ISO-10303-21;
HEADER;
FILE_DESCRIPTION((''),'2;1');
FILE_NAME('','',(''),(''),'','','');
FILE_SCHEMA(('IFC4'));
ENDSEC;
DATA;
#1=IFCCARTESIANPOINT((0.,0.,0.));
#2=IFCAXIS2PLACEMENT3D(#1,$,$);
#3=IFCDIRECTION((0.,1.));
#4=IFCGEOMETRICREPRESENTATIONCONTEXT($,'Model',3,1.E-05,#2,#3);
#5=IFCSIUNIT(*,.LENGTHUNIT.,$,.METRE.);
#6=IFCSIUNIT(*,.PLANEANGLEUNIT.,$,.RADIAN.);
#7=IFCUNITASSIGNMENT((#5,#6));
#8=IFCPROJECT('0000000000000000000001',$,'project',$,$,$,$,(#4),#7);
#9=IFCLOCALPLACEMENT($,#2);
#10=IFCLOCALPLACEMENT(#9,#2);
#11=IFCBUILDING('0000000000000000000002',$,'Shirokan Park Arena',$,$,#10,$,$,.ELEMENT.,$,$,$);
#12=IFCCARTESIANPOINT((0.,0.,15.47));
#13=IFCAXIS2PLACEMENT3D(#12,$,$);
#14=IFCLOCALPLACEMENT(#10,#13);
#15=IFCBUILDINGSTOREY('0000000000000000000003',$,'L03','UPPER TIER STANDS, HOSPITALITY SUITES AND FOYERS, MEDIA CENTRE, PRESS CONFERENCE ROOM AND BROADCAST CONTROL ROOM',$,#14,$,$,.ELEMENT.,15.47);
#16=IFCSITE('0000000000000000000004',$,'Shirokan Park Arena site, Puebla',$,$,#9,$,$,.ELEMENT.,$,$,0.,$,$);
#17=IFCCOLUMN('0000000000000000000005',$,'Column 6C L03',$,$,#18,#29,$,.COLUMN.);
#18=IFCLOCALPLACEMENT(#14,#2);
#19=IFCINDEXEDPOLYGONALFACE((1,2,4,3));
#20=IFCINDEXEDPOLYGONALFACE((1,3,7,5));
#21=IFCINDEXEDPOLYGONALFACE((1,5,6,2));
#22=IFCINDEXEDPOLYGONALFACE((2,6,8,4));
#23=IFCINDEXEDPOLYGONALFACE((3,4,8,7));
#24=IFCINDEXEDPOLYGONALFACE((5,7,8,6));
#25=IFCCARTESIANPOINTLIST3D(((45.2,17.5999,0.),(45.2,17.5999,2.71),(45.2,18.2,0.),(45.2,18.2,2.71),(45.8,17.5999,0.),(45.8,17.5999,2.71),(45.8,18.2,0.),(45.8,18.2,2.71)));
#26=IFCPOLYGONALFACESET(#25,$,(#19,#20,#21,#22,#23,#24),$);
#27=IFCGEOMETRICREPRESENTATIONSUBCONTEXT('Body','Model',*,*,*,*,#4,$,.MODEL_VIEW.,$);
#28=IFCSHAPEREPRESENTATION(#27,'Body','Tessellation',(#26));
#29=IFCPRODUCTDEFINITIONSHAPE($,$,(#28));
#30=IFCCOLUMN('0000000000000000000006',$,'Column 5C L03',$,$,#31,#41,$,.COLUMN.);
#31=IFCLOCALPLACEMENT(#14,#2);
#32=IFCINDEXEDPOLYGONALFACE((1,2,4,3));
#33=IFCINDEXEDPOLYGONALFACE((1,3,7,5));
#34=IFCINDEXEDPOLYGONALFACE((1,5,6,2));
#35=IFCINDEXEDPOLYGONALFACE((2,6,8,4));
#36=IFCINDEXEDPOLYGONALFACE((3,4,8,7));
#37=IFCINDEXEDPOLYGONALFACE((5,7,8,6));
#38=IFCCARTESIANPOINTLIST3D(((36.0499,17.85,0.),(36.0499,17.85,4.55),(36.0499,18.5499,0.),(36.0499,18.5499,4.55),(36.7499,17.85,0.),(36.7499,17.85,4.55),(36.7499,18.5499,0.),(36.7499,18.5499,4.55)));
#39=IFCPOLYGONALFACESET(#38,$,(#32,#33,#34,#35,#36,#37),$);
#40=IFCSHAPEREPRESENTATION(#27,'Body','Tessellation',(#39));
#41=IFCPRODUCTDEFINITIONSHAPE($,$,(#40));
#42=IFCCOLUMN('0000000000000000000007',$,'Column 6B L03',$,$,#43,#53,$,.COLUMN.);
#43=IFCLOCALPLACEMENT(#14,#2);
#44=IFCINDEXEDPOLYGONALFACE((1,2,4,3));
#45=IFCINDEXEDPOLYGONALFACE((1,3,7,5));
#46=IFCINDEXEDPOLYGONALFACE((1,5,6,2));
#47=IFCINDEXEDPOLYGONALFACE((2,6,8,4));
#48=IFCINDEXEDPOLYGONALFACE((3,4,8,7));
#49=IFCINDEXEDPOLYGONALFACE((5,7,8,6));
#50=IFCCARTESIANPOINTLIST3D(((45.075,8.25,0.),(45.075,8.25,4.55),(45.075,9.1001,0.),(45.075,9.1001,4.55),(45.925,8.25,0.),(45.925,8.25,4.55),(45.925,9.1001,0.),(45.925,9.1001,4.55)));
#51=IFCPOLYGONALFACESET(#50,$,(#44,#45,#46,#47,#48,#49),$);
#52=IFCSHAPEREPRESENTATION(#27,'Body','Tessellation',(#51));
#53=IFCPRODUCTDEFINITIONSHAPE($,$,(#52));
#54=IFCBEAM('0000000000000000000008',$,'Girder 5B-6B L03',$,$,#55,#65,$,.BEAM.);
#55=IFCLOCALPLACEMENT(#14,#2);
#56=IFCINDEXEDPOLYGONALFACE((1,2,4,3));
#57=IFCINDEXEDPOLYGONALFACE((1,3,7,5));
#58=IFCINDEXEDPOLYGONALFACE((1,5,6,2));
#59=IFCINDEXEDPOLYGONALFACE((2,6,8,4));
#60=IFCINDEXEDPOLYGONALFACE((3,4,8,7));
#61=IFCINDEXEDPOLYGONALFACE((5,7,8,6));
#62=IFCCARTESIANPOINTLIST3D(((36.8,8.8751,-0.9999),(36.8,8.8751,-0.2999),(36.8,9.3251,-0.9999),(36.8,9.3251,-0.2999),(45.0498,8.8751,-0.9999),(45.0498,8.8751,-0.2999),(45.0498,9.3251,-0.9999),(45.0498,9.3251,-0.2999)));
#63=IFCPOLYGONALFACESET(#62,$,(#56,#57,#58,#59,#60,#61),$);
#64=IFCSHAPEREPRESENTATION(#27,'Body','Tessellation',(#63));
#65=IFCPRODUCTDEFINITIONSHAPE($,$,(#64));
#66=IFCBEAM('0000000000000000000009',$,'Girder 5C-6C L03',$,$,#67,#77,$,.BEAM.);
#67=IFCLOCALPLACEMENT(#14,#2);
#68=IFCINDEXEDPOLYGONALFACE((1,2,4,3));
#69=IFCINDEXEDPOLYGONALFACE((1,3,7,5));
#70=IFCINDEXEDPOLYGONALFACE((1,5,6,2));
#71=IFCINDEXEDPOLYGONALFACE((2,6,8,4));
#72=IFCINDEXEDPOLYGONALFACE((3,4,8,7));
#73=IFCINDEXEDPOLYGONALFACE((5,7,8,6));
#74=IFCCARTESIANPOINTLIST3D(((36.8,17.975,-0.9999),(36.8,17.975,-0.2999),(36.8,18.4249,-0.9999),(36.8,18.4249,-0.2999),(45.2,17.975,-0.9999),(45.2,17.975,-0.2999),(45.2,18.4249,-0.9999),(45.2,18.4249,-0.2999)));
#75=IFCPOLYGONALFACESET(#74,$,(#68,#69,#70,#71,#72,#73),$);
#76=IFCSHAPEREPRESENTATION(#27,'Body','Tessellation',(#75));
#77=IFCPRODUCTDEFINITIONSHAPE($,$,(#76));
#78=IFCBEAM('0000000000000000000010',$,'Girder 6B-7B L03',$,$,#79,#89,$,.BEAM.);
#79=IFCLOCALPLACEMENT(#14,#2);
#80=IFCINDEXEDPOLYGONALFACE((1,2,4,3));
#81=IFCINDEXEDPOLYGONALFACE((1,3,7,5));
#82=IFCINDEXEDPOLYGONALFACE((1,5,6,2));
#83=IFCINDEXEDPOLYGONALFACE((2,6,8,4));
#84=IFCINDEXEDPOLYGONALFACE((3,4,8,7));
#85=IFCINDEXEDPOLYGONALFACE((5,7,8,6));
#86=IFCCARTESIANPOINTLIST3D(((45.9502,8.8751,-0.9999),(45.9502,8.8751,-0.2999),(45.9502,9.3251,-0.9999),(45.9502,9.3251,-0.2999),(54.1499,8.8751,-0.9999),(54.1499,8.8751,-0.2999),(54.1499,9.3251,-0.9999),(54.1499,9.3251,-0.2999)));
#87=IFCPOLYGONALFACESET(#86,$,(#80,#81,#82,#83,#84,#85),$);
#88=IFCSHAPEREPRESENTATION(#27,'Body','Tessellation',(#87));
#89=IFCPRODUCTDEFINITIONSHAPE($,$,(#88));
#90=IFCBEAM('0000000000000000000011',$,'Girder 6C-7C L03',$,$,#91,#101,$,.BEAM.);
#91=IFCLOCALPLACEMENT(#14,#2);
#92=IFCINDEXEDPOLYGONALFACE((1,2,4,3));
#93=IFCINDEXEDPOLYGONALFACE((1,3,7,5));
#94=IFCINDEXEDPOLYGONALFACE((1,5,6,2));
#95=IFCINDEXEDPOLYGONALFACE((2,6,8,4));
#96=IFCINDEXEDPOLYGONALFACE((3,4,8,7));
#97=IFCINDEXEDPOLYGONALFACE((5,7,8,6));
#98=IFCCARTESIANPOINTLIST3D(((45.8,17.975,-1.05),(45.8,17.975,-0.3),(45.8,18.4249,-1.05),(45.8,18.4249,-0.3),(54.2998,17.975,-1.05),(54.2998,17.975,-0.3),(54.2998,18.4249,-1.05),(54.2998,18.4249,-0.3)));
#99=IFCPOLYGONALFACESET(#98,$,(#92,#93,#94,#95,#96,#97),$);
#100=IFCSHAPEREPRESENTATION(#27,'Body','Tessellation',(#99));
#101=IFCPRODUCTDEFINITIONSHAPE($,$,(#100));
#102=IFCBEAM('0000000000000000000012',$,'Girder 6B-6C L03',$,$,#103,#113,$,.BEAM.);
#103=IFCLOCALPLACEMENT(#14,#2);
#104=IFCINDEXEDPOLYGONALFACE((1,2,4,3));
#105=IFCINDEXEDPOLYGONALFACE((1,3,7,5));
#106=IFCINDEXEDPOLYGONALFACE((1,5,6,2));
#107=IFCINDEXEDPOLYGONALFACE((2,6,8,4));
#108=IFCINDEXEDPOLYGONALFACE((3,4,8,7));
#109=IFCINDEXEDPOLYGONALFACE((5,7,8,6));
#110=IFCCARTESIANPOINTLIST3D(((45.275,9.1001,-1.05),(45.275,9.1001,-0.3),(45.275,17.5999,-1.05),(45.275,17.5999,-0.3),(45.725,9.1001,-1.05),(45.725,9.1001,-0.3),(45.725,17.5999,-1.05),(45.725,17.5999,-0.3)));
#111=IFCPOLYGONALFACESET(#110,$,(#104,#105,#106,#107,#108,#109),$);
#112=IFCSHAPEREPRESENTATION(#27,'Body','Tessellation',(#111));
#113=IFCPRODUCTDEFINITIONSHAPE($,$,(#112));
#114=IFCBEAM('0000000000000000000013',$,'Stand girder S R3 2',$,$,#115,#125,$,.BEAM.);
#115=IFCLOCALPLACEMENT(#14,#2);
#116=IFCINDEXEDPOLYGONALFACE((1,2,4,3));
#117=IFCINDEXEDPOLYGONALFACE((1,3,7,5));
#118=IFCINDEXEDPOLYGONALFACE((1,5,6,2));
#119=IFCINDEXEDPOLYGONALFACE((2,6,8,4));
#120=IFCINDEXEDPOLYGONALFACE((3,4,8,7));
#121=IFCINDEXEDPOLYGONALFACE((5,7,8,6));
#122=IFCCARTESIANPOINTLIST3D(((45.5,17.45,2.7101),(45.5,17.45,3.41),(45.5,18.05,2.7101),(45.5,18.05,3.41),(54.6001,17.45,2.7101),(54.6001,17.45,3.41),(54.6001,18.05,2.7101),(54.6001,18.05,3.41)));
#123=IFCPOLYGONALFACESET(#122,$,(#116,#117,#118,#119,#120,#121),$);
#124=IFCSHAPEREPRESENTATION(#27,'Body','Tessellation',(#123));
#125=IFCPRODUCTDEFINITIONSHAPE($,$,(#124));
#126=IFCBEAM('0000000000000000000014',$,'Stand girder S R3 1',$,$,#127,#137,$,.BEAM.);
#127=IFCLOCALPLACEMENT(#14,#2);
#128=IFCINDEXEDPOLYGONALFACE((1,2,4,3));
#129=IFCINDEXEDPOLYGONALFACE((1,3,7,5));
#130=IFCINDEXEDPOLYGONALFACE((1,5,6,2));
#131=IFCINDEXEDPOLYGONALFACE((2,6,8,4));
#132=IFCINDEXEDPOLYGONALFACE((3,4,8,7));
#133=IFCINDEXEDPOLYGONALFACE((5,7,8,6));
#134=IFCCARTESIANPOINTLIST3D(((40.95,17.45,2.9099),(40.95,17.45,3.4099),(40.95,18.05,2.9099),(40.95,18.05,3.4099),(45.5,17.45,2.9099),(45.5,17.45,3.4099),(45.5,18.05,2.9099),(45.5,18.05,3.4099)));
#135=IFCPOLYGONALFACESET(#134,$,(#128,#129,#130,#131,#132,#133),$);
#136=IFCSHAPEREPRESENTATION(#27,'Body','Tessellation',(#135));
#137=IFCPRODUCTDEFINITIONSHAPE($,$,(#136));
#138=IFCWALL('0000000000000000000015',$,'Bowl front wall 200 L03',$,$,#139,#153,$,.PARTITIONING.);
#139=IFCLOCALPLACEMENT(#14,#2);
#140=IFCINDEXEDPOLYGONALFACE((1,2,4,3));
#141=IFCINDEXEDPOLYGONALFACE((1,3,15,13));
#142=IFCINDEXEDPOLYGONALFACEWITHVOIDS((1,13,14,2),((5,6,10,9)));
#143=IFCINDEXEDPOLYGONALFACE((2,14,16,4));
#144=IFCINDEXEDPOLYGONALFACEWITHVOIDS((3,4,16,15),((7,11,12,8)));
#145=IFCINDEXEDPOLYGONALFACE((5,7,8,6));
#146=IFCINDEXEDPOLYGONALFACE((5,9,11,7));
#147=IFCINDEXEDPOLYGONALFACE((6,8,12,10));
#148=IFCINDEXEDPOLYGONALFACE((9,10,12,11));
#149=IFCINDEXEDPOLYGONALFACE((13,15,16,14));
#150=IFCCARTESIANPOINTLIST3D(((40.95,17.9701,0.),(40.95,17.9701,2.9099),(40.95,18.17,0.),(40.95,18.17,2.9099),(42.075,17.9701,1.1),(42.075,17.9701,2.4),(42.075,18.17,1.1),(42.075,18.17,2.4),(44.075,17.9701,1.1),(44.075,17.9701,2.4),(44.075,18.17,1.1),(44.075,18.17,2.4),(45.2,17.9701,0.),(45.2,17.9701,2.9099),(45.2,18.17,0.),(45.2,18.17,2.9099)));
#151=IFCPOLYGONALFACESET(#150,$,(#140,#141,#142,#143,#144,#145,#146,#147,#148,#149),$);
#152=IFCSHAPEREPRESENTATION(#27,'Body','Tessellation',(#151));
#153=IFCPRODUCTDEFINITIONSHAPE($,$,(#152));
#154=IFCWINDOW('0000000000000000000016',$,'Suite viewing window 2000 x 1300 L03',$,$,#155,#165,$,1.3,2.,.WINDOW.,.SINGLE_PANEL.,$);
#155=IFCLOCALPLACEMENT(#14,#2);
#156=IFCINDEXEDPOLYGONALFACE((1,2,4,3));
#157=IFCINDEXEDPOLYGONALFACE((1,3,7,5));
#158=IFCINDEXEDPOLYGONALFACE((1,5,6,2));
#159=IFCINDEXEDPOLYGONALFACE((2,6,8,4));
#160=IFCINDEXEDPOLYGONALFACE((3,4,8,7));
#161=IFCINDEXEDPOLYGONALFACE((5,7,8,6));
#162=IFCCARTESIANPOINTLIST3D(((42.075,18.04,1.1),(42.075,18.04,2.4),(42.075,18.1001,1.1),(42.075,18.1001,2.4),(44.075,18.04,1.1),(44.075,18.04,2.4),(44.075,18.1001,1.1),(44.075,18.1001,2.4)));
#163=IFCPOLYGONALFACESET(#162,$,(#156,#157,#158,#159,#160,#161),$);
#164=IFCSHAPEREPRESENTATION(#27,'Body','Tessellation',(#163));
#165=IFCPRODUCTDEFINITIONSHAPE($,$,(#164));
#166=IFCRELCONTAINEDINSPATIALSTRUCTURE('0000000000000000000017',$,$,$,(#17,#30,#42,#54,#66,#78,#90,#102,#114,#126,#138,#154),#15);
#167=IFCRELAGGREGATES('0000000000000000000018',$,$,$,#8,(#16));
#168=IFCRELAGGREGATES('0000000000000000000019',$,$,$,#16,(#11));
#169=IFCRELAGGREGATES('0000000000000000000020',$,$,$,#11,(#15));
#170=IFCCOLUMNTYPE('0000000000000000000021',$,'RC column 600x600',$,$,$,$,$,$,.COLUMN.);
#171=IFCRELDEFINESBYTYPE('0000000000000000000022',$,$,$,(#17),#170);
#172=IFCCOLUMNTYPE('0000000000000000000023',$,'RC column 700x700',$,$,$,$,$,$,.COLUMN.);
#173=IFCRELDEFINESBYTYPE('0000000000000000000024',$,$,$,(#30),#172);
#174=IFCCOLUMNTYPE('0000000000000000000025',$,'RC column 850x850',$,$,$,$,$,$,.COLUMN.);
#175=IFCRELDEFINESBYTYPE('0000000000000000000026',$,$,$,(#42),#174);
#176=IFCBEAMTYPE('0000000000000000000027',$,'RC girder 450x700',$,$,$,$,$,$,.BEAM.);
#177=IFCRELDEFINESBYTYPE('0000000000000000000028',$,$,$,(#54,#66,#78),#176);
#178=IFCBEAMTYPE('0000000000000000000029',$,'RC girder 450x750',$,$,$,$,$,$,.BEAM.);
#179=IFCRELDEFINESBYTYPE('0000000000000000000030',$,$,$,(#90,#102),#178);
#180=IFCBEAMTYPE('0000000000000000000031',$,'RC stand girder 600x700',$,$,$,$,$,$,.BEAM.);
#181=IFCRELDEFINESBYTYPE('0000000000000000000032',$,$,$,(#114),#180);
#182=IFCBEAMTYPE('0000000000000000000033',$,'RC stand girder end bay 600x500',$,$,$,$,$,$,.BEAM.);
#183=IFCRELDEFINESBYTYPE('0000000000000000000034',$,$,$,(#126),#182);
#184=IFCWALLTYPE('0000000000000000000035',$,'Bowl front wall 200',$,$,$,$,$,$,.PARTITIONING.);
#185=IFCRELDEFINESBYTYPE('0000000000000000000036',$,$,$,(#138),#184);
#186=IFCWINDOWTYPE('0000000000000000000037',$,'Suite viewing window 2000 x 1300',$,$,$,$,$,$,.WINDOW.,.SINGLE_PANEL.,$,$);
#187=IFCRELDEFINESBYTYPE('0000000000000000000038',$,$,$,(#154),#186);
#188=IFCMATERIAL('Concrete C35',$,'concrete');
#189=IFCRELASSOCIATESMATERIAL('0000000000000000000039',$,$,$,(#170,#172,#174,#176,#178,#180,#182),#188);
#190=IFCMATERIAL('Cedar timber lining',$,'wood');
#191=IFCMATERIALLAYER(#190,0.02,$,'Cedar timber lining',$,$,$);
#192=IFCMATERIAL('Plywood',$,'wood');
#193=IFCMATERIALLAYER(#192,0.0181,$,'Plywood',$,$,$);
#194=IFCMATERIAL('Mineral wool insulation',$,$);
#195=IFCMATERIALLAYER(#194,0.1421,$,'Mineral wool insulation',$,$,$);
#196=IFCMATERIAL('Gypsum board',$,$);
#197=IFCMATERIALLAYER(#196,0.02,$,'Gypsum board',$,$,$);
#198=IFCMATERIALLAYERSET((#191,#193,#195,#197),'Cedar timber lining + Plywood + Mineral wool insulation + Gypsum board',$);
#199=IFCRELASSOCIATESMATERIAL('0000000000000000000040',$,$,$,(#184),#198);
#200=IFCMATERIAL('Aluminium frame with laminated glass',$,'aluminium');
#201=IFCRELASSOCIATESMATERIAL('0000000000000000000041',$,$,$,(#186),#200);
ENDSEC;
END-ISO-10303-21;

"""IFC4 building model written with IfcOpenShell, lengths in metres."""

from ifc_helpers import new_model, si_unit, direction, frame, frame_2d, origin, origin_2d, place, context, subcontext, project, spatial, rectangle, extrude, material, layer, layer_set, material_profile, profile_set, type_object, element, fill, save


model = new_model("IFC4")

# Units and contexts
model_context = context("Model", 3, precision=1e-05, world=origin(), true_north=direction((0.0, 1.0)))
body_context = subcontext(model_context, "Body", "Model", "MODEL_VIEW")
ifc_project = project(units=[si_unit("LENGTHUNIT", "METRE"), si_unit("PLANEANGLEUNIT", "RADIAN")], contexts=[model_context])

# Site, building, storey
site_placement = place(None, origin())
site = spatial("IfcSite", under=ifc_project, at=site_placement, Name="Shirokan Park Arena site, Puebla", CompositionType="ELEMENT", RefElevation=0.0)
building_placement = place(site_placement, origin())
building = spatial("IfcBuilding", under=site, at=building_placement, Name="Shirokan Park Arena", CompositionType="ELEMENT")
storey_placement = place(building_placement, frame((0.0, 0.0, 15.47)))
storey = spatial("IfcBuildingStorey", under=building, at=storey_placement, Name="L03", Description="UPPER TIER STANDS, HOSPITALITY SUITES AND FOYERS, MEDIA CENTRE, PRESS CONFERENCE ROOM AND BROADCAST CONTROL ROOM", CompositionType="ELEMENT", Elevation=15.47)

# Columns
ifc_material_1 = material(Name="Concrete C35", Category="concrete")
ifc_material_profile_1 = material_profile(ifc_material_1, rectangle(XDim=0.6001, YDim=0.6001, at=origin_2d()), Name="600x600")
ifc_profile_set_1 = profile_set([ifc_material_profile_1], Name="Concrete C35")
column_type_1 = type_object("IfcColumnType", Name="RC column 600x600", PredefinedType="COLUMN", material=ifc_profile_set_1)
column_1_placement = place(storey_placement, frame((45.5, 17.8999, 0.0), z_axis=(0.0, 0.0, 1.0), x_axis=(1.0, 0.0, 0.0)))
element("IfcColumn", 1, at=column_1_placement, inside=storey, type_object=column_type_1, Name="Column 6C L03", PredefinedType="COLUMN", context=body_context, shape_type="SweptSolid", body=[
    extrude(rectangle(XDim=0.6001, YDim=0.6001, at=origin_2d()), origin(), (0.0, 0.0, 1.0), 2.71),
])
ifc_material_profile_2 = material_profile(ifc_material_1, rectangle(XDim=0.7, YDim=0.7, at=origin_2d()), Name="700x700")
ifc_profile_set_2 = profile_set([ifc_material_profile_2], Name="Concrete C35")
column_type_2 = type_object("IfcColumnType", Name="RC column 700x700", PredefinedType="COLUMN", material=ifc_profile_set_2)
column_2_placement = place(storey_placement, frame((36.3999, 18.2, 0.0), z_axis=(0.0, 0.0, 1.0), x_axis=(1.0, 0.0, 0.0)))
element("IfcColumn", 2, at=column_2_placement, inside=storey, type_object=column_type_2, Name="Column 5C L03", PredefinedType="COLUMN", context=body_context, shape_type="SweptSolid", body=[
    extrude(rectangle(XDim=0.7, YDim=0.7, at=origin_2d()), origin(), (0.0, 0.0, 1.0), 4.55),
])
ifc_material_profile_3 = material_profile(ifc_material_1, rectangle(XDim=0.8501, YDim=0.8501, at=origin_2d()), Name="850x850")
ifc_profile_set_3 = profile_set([ifc_material_profile_3], Name="Concrete C35")
column_type_3 = type_object("IfcColumnType", Name="RC column 850x850", PredefinedType="COLUMN", material=ifc_profile_set_3)
column_3_placement = place(storey_placement, frame((45.5, 8.675, 0.0), z_axis=(0.0, 0.0, 1.0), x_axis=(1.0, 0.0, 0.0)))
element("IfcColumn", 3, at=column_3_placement, inside=storey, type_object=column_type_3, Name="Column 6B L03", PredefinedType="COLUMN", context=body_context, shape_type="SweptSolid", body=[
    extrude(rectangle(XDim=0.8501, YDim=0.8501, at=origin_2d()), origin(), (0.0, 0.0, 1.0), 4.55),
])

# Beams
ifc_material_profile_4 = material_profile(ifc_material_1, rectangle(XDim=0.45, YDim=0.7, at=origin_2d()), Name="450x700")
ifc_profile_set_4 = profile_set([ifc_material_profile_4], Name="Concrete C35")
beam_type_1 = type_object("IfcBeamType", Name="RC girder 450x700", PredefinedType="BEAM", material=ifc_profile_set_4)
beam_1_placement = place(storey_placement, frame((36.8, 9.1001, -0.6499), z_axis=(1.0, 0.0, 0.0), x_axis=(0.0, 1.0, 0.0)))
element("IfcBeam", 4, at=beam_1_placement, inside=storey, type_object=beam_type_1, Name="Girder 5B-6B L03", PredefinedType="BEAM", context=body_context, shape_type="SweptSolid", body=[
    extrude(rectangle(XDim=0.45, YDim=0.7, at=origin_2d()), origin(), (0.0, 0.0, 1.0), 8.2498),
])
beam_2_placement = place(storey_placement, frame((36.8, 18.2, -0.6499), z_axis=(1.0, 0.0, 0.0), x_axis=(0.0, 1.0, 0.0)))
element("IfcBeam", 5, at=beam_2_placement, inside=storey, type_object=beam_type_1, Name="Girder 5C-6C L03", PredefinedType="BEAM", context=body_context, shape_type="SweptSolid", body=[
    extrude(rectangle(XDim=0.45, YDim=0.7, at=origin_2d()), origin(), (0.0, 0.0, 1.0), 8.3999),
])
beam_3_placement = place(storey_placement, frame((45.9502, 9.1001, -0.6499), z_axis=(1.0, 0.0, 0.0), x_axis=(0.0, 1.0, 0.0)))
element("IfcBeam", 6, at=beam_3_placement, inside=storey, type_object=beam_type_1, Name="Girder 6B-7B L03", PredefinedType="BEAM", context=body_context, shape_type="SweptSolid", body=[
    extrude(rectangle(XDim=0.45, YDim=0.7, at=origin_2d()), origin(), (0.0, 0.0, 1.0), 8.1997),
])
ifc_material_profile_5 = material_profile(ifc_material_1, rectangle(XDim=0.45, YDim=0.75, at=origin_2d()), Name="450x750")
ifc_profile_set_5 = profile_set([ifc_material_profile_5], Name="Concrete C35")
beam_type_2 = type_object("IfcBeamType", Name="RC girder 450x750", PredefinedType="BEAM", material=ifc_profile_set_5)
for number, where, z_axis, x_axis, name in (
    (7, (45.8, 18.2, -0.675), (1.0, 0.0, 0.0), (0.0, 1.0, 0.0), "Girder 6C-7C L03"),
    (8, (45.5, 9.1001, -0.675), (0.0, 1.0, 0.0), (-1.0, 0.0, 0.0), "Girder 6B-6C L03"),
):
    element("IfcBeam", number, at=place(storey_placement, frame(where, z_axis=z_axis, x_axis=x_axis)), inside=storey, type_object=beam_type_2, Name=name, PredefinedType="BEAM", context=body_context, shape_type="SweptSolid", body=[
        extrude(rectangle(XDim=0.45, YDim=0.75, at=origin_2d()), origin(), (0.0, 0.0, 1.0), 8.4998),
    ])
ifc_material_profile_6 = material_profile(ifc_material_1, rectangle(XDim=0.6001, YDim=0.7, at=origin_2d()), Name="600x700")
ifc_profile_set_6 = profile_set([ifc_material_profile_6], Name="Concrete C35")
beam_type_3 = type_object("IfcBeamType", Name="RC stand girder 600x700", PredefinedType="BEAM", material=ifc_profile_set_6)
beam_4_placement = place(storey_placement, frame((45.5, 17.75, 3.0601), z_axis=(1.0, 0.0, 0.0), x_axis=(0.0, 1.0, 0.0)))
element("IfcBeam", 9, at=beam_4_placement, inside=storey, type_object=beam_type_3, Name="Stand girder S R3 2", PredefinedType="BEAM", context=body_context, shape_type="SweptSolid", body=[
    extrude(rectangle(XDim=0.6001, YDim=0.7, at=origin_2d()), origin(), (0.0, 0.0, 1.0), 9.1001),
])
ifc_material_profile_7 = material_profile(ifc_material_1, rectangle(XDim=0.6001, YDim=0.5, at=origin_2d()), Name="600x500")
ifc_profile_set_7 = profile_set([ifc_material_profile_7], Name="Concrete C35")
beam_type_4 = type_object("IfcBeamType", Name="RC stand girder end bay 600x500", PredefinedType="BEAM", material=ifc_profile_set_7)
beam_5_placement = place(storey_placement, frame((40.95, 17.75, 3.1599), z_axis=(1.0, 0.0, 0.0), x_axis=(0.0, 1.0, 0.0)))
element("IfcBeam", 10, at=beam_5_placement, inside=storey, type_object=beam_type_4, Name="Stand girder S R3 1", PredefinedType="BEAM", context=body_context, shape_type="SweptSolid", body=[
    extrude(rectangle(XDim=0.6001, YDim=0.5, at=origin_2d()), origin(), (0.0, 0.0, 1.0), 4.55),
])

# Wall, opening, window
ifc_material_2 = material(Name="Cedar timber lining", Category="wood")
ifc_layer_1 = layer(ifc_material_2, 0.02, Name="Cedar timber lining")
ifc_material_3 = material(Name="Plywood", Category="wood")
ifc_layer_2 = layer(ifc_material_3, 0.0181, Name="Plywood")
ifc_material_4 = material(Name="Mineral wool insulation")
ifc_layer_3 = layer(ifc_material_4, 0.1421, Name="Mineral wool insulation")
ifc_material_5 = material(Name="Gypsum board")
ifc_layer_4 = layer(ifc_material_5, 0.02, Name="Gypsum board")
ifc_layer_set_1 = layer_set([ifc_layer_1, ifc_layer_2, ifc_layer_3, ifc_layer_4], Name="Cedar timber lining + Plywood + Mineral wool insulation + Gypsum board")
wall_type_1 = type_object("IfcWallType", Name="Bowl front wall 200", PredefinedType="PARTITIONING", material=ifc_layer_set_1)
wall_1_placement = place(storey_placement, frame((40.95, 18.0701, 0.0), z_axis=(0.0, 0.0, 1.0), x_axis=(1.0, 0.0, 0.0)))
wall_1 = element("IfcWall", 11, at=wall_1_placement, inside=storey, type_object=wall_type_1, Name="Bowl front wall 200 L03", PredefinedType="PARTITIONING", context=body_context, shape_type="SweptSolid", body=[
    extrude(rectangle(XDim=4.25, YDim=0.2, at=frame_2d((2.125, 0.0))), origin(), (0.0, 0.0, 1.0), 2.9099),
])
opening_1_placement = place(wall_1_placement, frame((1.125, 0.0, 1.1001)))
opening_1 = element("IfcOpeningElement", 12, at=opening_1_placement, cuts=wall_1, PredefinedType="OPENING", context=body_context, shape_type="SweptSolid", body=[
    extrude(rectangle(XDim=2.0, YDim=1.3, at=frame_2d((1.0, 0.6499))), frame((0.0, 0.1099, 0.0), z_axis=(0.0, -1.0, 0.0), x_axis=(1.0, 0.0, 0.0)), (0.0, 0.0, 1.0), 0.22),
])
ifc_material_6 = material(Name="Aluminium frame with laminated glass", Category="aluminium")
window_type_1 = type_object("IfcWindowType", Name="Suite viewing window 2000 x 1300", PartitioningType="SINGLE_PANEL", PredefinedType="WINDOW", material=ifc_material_6)
window_1_placement = place(opening_1_placement, origin())
window_1 = element("IfcWindow", 13, at=window_1_placement, inside=storey, type_object=window_type_1, Name="Suite viewing window 2000 x 1300 L03", OverallHeight=1.3, OverallWidth=2.0, PartitioningType="SINGLE_PANEL", PredefinedType="WINDOW", context=body_context, shape_type="SweptSolid", body=[
    extrude(rectangle(XDim=2.0, YDim=1.3, at=frame_2d((1.0, 0.6499))), frame((0.0, 0.03, 0.0), z_axis=(0.0, -1.0, 0.0), x_axis=(1.0, 0.0, 0.0)), (0.0, 0.0, 1.0), 0.0601),
])
fill(opening_1, window_1)

save(model, "model.ifc")
